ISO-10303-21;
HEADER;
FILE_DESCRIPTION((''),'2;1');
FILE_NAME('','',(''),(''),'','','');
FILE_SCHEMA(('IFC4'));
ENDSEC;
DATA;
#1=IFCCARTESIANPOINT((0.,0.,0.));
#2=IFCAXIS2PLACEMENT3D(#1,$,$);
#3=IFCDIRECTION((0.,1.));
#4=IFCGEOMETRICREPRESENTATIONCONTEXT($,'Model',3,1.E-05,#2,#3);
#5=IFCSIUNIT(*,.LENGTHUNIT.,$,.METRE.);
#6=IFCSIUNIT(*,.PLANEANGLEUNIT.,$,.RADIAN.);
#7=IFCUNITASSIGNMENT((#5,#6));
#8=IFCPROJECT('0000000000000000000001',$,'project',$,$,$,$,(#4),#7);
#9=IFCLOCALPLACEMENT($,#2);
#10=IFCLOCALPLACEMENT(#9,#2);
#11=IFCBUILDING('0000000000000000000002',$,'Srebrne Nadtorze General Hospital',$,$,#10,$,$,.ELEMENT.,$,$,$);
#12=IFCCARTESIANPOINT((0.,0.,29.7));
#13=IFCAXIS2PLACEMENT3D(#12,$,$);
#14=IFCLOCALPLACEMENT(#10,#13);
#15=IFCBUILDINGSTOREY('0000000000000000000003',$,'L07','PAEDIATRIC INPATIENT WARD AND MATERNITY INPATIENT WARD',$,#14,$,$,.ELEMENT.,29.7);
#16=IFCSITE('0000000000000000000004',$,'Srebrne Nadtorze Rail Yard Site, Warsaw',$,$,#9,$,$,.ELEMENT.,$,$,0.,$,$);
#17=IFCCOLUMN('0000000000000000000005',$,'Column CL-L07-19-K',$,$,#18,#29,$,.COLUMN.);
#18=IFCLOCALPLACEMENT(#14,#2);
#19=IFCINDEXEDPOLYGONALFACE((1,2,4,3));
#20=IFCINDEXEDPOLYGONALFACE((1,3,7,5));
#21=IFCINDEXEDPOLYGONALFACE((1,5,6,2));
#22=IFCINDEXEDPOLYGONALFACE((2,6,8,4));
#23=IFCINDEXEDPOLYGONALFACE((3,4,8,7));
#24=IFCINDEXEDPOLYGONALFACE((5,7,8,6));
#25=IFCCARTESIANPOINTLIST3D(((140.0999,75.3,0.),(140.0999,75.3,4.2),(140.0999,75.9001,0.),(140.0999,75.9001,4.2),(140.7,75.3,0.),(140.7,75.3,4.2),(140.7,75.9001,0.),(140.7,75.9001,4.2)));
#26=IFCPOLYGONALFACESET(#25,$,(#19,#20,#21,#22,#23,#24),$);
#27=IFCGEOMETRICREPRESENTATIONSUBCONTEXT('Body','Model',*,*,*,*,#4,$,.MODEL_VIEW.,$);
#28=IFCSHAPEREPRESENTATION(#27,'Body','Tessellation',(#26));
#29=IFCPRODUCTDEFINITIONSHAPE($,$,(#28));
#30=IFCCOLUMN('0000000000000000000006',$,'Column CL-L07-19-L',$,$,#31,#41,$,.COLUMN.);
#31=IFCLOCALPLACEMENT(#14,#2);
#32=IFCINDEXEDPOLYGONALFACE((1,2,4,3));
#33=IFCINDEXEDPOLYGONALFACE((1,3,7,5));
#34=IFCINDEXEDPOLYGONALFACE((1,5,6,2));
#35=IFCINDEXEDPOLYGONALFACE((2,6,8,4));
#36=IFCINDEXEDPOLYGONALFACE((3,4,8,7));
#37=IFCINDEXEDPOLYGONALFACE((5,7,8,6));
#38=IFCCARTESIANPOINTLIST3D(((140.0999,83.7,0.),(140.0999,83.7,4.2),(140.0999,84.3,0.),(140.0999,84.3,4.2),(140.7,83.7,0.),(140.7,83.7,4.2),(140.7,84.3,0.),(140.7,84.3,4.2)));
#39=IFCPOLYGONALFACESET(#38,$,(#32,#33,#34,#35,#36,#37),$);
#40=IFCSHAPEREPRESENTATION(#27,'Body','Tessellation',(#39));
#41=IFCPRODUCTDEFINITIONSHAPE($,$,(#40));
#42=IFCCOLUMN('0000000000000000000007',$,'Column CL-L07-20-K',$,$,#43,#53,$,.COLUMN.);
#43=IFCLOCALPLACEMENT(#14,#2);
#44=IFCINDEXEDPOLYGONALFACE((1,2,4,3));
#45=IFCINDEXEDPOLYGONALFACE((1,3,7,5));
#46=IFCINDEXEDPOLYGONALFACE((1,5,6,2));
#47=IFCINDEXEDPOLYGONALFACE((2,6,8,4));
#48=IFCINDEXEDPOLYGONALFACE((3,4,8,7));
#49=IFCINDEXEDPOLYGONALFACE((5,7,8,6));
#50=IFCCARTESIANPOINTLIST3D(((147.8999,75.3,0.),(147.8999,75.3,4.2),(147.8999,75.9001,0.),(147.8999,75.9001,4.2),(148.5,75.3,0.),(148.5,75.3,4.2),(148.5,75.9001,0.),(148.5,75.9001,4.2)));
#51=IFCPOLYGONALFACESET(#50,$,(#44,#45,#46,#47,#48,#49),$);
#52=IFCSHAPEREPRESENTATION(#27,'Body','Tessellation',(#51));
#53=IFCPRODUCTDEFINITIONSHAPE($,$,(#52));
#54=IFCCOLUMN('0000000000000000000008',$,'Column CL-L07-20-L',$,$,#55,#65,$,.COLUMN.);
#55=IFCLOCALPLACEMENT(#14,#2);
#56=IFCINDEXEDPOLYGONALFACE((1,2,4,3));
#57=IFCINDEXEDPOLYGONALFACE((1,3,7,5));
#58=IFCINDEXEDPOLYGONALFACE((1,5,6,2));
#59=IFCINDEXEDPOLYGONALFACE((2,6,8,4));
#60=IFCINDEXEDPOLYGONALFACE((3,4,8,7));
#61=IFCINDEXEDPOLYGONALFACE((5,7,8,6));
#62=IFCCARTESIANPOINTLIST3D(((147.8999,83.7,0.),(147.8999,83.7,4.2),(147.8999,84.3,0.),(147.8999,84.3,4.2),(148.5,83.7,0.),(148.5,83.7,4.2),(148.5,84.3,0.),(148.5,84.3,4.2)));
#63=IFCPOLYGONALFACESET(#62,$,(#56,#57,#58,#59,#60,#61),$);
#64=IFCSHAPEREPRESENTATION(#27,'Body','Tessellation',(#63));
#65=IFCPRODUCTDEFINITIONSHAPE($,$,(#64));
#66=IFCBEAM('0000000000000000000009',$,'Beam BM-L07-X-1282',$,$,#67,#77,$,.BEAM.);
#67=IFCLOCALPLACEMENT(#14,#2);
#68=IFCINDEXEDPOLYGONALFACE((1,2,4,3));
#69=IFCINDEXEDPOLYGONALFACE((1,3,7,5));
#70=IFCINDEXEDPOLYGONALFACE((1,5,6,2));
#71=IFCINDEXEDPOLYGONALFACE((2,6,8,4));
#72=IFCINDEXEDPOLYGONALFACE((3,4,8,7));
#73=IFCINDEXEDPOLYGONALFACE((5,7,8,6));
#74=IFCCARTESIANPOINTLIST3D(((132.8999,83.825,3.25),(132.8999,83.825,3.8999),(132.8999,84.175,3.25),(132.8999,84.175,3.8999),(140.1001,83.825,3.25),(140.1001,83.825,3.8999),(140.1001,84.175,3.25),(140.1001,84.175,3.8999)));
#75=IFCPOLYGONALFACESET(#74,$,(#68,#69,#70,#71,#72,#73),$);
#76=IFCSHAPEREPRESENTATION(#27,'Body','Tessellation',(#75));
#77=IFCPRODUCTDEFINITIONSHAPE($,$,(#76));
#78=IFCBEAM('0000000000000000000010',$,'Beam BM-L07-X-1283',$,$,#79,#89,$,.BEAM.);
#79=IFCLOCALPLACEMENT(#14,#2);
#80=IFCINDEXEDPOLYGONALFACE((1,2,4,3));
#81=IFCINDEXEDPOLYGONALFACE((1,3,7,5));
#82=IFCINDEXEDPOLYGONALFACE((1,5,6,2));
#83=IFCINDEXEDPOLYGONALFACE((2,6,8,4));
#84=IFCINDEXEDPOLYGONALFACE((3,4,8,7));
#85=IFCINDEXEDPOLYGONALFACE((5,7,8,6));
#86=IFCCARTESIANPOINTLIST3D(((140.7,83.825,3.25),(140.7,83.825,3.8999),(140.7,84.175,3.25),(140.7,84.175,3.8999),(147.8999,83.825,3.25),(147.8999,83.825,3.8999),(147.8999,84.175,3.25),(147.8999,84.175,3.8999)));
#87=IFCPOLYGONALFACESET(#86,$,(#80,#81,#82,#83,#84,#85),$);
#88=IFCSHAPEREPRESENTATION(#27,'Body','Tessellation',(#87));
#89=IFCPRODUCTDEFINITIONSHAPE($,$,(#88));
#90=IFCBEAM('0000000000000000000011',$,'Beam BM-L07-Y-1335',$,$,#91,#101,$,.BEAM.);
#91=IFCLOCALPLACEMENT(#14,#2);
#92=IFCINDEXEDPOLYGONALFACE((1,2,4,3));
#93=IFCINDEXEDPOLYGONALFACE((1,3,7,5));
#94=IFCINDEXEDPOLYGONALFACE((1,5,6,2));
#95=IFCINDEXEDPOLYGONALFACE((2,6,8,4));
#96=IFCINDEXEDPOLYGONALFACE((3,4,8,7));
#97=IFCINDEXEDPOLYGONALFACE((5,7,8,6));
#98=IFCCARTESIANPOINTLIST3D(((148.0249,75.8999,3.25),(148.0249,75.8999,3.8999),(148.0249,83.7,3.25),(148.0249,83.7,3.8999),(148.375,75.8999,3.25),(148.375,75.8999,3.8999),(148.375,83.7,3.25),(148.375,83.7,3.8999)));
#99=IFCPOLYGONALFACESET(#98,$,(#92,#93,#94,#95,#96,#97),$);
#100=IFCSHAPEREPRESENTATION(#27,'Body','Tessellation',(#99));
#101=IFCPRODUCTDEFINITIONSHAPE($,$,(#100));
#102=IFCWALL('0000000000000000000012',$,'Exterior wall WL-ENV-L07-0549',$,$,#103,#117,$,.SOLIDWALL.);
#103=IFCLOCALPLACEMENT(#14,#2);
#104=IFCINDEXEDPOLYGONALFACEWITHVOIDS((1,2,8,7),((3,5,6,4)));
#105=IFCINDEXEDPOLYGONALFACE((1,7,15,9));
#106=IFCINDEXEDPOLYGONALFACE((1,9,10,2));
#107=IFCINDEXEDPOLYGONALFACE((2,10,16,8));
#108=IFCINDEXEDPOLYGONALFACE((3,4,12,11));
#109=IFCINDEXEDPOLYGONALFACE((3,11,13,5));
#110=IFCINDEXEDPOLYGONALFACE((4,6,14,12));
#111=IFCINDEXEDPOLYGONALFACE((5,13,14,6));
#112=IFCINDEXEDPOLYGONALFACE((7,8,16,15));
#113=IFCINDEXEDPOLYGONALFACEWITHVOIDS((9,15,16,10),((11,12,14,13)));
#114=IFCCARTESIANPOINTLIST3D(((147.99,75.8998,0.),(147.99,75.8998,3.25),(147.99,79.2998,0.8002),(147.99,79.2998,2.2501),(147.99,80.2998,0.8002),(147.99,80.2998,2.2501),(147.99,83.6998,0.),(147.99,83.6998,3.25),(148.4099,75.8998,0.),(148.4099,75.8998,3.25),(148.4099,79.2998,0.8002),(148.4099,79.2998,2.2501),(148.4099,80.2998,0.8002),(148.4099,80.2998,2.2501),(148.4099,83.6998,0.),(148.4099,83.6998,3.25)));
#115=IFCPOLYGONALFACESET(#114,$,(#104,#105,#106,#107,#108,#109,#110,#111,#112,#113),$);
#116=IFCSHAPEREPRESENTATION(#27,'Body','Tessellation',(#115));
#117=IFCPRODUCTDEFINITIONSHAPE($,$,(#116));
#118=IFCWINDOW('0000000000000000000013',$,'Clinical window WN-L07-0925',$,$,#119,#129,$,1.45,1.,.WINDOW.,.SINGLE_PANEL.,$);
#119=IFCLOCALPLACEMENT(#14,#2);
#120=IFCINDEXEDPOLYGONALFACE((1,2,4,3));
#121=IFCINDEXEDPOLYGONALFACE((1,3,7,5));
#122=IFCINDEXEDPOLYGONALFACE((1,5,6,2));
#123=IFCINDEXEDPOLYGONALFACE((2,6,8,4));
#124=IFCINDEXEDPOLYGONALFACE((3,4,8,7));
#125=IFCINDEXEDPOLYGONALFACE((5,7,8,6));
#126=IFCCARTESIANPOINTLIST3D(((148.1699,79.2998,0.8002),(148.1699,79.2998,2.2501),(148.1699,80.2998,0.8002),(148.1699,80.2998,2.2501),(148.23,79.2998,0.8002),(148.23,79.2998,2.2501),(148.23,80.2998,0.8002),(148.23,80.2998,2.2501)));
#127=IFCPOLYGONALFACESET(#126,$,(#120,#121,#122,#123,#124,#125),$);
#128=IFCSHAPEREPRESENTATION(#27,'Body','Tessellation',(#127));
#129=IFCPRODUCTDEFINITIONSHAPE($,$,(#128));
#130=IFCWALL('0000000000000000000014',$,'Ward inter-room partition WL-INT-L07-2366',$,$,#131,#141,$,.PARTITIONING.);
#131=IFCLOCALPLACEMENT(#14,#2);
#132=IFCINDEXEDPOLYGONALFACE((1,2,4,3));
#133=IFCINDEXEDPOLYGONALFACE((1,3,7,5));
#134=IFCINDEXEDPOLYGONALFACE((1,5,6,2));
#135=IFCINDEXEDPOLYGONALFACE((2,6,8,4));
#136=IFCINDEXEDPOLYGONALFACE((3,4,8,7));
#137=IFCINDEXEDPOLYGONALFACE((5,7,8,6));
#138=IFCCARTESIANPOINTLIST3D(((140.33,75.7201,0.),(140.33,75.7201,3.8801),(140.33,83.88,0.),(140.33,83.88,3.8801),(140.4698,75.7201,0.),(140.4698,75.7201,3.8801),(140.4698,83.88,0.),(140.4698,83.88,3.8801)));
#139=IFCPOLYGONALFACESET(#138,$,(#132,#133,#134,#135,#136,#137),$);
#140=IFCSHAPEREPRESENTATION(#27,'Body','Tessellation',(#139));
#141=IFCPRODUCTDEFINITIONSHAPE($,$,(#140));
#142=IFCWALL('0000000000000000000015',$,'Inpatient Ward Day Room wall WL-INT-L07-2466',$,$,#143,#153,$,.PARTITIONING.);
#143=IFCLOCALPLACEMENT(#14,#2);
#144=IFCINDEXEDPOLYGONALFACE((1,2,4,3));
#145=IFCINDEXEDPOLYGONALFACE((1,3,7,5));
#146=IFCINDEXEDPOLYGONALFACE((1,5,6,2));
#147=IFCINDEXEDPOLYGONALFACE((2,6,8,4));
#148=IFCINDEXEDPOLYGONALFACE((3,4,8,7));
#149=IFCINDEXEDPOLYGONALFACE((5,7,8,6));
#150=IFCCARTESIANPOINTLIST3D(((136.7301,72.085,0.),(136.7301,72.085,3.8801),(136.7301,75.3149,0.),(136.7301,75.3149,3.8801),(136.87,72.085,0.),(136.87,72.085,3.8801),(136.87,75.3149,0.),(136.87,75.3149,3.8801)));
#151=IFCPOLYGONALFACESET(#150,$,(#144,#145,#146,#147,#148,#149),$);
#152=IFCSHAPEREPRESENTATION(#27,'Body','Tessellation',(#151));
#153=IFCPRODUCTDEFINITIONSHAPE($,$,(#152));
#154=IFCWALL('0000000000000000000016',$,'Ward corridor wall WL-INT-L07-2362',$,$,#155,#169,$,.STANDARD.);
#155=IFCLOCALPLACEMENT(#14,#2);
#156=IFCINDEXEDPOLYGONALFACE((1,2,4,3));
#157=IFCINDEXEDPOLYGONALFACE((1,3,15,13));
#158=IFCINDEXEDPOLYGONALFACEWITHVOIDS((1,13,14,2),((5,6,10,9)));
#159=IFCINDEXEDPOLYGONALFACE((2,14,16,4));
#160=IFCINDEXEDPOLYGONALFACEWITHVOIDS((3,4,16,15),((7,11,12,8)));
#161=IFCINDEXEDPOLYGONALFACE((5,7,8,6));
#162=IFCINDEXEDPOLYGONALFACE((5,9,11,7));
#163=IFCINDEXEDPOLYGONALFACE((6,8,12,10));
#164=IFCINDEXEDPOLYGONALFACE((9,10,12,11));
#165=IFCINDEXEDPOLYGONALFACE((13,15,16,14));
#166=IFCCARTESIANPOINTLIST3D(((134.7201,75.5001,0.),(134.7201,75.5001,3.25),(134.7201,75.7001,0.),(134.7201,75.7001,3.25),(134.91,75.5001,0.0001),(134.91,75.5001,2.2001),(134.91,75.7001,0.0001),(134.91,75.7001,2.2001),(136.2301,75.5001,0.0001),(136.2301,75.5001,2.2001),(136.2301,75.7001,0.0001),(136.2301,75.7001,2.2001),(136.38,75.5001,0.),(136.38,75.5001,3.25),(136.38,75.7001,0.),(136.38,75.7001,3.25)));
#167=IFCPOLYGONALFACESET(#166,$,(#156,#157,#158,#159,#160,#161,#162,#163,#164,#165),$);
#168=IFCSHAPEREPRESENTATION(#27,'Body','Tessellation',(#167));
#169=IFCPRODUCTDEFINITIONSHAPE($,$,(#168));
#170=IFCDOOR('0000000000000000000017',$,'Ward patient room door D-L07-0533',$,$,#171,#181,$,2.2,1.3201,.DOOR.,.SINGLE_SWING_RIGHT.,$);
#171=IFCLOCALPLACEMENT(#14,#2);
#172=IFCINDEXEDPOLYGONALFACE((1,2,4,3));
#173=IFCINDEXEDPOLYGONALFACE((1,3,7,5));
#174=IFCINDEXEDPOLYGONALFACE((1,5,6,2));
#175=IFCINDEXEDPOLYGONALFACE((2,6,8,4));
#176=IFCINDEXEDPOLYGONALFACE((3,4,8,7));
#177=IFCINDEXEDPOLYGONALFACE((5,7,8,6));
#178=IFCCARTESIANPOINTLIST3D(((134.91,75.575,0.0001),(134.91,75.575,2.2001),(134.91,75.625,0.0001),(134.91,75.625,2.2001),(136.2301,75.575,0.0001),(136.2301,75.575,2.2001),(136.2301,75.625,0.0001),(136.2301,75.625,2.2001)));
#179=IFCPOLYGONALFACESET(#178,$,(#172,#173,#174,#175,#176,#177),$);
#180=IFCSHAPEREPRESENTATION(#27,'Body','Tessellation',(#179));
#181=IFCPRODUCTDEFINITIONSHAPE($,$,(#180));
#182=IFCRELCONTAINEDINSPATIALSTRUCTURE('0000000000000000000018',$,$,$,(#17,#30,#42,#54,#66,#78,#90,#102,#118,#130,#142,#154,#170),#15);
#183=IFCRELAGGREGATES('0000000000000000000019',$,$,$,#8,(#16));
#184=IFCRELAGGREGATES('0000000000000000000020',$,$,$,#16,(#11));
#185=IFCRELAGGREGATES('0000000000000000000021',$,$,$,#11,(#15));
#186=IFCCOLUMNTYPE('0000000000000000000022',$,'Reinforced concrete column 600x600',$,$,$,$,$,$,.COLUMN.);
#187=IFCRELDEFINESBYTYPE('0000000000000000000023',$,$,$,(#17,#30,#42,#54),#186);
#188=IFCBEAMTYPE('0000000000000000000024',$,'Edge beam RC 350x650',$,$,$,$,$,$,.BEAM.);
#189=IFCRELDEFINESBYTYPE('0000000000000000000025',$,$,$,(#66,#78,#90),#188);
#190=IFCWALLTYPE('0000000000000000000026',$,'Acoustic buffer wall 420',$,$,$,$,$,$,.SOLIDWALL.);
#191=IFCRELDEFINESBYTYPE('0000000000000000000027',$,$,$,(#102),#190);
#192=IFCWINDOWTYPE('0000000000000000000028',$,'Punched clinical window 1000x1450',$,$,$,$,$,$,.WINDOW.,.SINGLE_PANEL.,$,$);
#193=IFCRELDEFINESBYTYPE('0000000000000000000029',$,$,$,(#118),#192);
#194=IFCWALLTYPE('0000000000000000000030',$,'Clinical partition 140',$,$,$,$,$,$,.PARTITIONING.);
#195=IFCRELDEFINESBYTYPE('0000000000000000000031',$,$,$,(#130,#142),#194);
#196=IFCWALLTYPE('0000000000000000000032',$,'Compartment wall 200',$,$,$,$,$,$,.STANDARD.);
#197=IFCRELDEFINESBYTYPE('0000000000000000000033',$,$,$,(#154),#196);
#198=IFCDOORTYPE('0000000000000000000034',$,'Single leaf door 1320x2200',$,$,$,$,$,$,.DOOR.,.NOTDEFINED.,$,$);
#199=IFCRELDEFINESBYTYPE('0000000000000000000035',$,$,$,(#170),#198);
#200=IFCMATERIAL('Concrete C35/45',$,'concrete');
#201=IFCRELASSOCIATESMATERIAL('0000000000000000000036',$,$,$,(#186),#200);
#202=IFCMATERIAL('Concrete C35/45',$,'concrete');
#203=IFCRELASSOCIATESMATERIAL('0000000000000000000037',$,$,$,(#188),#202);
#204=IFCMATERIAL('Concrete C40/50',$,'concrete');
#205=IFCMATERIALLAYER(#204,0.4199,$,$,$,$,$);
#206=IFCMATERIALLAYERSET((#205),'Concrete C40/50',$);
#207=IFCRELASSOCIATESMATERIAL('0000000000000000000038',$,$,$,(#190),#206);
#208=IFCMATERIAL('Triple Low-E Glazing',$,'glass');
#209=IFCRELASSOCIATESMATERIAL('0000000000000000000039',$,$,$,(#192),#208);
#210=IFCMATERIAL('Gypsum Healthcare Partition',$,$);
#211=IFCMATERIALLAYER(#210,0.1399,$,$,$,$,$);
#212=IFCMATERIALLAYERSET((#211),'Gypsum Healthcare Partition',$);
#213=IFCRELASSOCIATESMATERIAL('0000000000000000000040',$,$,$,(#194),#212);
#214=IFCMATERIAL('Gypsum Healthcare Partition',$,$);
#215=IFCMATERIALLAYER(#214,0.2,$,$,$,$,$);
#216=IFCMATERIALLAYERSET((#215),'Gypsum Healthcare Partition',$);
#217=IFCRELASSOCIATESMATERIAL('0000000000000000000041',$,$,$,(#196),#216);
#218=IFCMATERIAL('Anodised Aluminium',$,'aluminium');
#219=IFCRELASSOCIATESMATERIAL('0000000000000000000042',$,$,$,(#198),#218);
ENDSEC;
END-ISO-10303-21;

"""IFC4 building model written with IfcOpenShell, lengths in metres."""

from ifc_helpers import new_model, si_unit, direction, frame, frame_2d, origin, origin_2d, place, context, subcontext, project, spatial, rectangle, extrude, material, layer, layer_set, material_profile, profile_set, type_object, element, fill, save


model = new_model("IFC4")

# Units and contexts
model_context = context("Model", 3, precision=1e-05, world=origin(), true_north=direction((0.0, 1.0)))
body_context = subcontext(model_context, "Body", "Model", "MODEL_VIEW")
ifc_project = project(units=[si_unit("LENGTHUNIT", "METRE"), si_unit("PLANEANGLEUNIT", "RADIAN")], contexts=[model_context])

# Site, building, storey
site_placement = place(None, origin())
site = spatial("IfcSite", under=ifc_project, at=site_placement, Name="Srebrne Nadtorze Rail Yard Site, Warsaw", CompositionType="ELEMENT", RefElevation=0.0)
building_placement = place(site_placement, origin())
building = spatial("IfcBuilding", under=site, at=building_placement, Name="Srebrne Nadtorze General Hospital", CompositionType="ELEMENT")
storey_placement = place(building_placement, frame((0.0, 0.0, 29.7)))
storey = spatial("IfcBuildingStorey", under=building, at=storey_placement, Name="L07", Description="PAEDIATRIC INPATIENT WARD AND MATERNITY INPATIENT WARD", CompositionType="ELEMENT", Elevation=29.7)

# Columns
ifc_material_1 = material(Name="Concrete C35/45", Category="concrete")
ifc_material_profile_1 = material_profile(ifc_material_1, rectangle(XDim=0.6001, YDim=0.6001, at=origin_2d()), Name="RC-COL-600x600")
ifc_profile_set_1 = profile_set([ifc_material_profile_1], Name="Concrete C35/45")
column_type = type_object("IfcColumnType", Name="Reinforced concrete column 600x600", PredefinedType="COLUMN", material=ifc_profile_set_1)
for number, where, z_axis, x_axis, name in (
    (1, (140.3999, 75.6001, 0.0), (0.0, 0.0, 1.0), (1.0, 0.0, 0.0), "Column CL-L07-19-K"),
    (2, (140.3999, 84.0, 0.0), (0.0, 0.0, 1.0), (1.0, 0.0, 0.0), "Column CL-L07-19-L"),
    (3, (148.2, 75.6001, 0.0), (0.0, 0.0, 1.0), (1.0, 0.0, 0.0), "Column CL-L07-20-K"),
    (4, (148.2, 84.0, 0.0), (0.0, 0.0, 1.0), (1.0, 0.0, 0.0), "Column CL-L07-20-L"),
):
    element("IfcColumn", number, at=place(storey_placement, frame(where, z_axis=z_axis, x_axis=x_axis)), inside=storey, type_object=column_type, Name=name, PredefinedType="COLUMN", context=body_context, shape_type="SweptSolid", body=[
        extrude(rectangle(XDim=0.6001, YDim=0.6001, at=origin_2d()), origin(), (0.0, 0.0, 1.0), 4.2),
    ])

# Beams
ifc_material_2 = material(Name="Concrete C35/45", Category="concrete")
ifc_material_profile_2 = material_profile(ifc_material_2, rectangle(XDim=0.3501, YDim=0.6499, at=origin_2d()), Name="RC-BM-350x650")
ifc_profile_set_2 = profile_set([ifc_material_profile_2], Name="Concrete C35/45")
beam_type = type_object("IfcBeamType", Name="Edge beam RC 350x650", PredefinedType="BEAM", material=ifc_profile_set_2)
beam_1_placement = place(storey_placement, frame((132.8999, 84.0, 3.575), z_axis=(1.0, 0.0, 0.0), x_axis=(0.0, 1.0, 0.0)))
element("IfcBeam", 5, at=beam_1_placement, inside=storey, type_object=beam_type, Name="Beam BM-L07-X-1282", PredefinedType="BEAM", context=body_context, shape_type="SweptSolid", body=[
    extrude(rectangle(XDim=0.3501, YDim=0.6499, at=origin_2d()), origin(), (0.0, 0.0, 1.0), 7.2002),
])
beam_2_placement = place(storey_placement, frame((140.7, 84.0, 3.575), z_axis=(1.0, 0.0, 0.0), x_axis=(0.0, 1.0, 0.0)))
element("IfcBeam", 6, at=beam_2_placement, inside=storey, type_object=beam_type, Name="Beam BM-L07-X-1283", PredefinedType="BEAM", context=body_context, shape_type="SweptSolid", body=[
    extrude(rectangle(XDim=0.3501, YDim=0.6499, at=origin_2d()), origin(), (0.0, 0.0, 1.0), 7.2),
])
beam_3_placement = place(storey_placement, frame((148.2, 75.8999, 3.575), z_axis=(0.0, 1.0, 0.0), x_axis=(-1.0, 0.0, 0.0)))
element("IfcBeam", 7, at=beam_3_placement, inside=storey, type_object=beam_type, Name="Beam BM-L07-Y-1335", PredefinedType="BEAM", context=body_context, shape_type="SweptSolid", body=[
    extrude(rectangle(XDim=0.3501, YDim=0.6499, at=origin_2d()), origin(), (0.0, 0.0, 1.0), 7.8),
])

# Wall, opening, window
ifc_material_3 = material(Name="Concrete C40/50", Category="concrete")
ifc_layer_1 = layer(ifc_material_3, 0.4199)
ifc_layer_set_1 = layer_set([ifc_layer_1], Name="Concrete C40/50")
wall_type_1 = type_object("IfcWallType", Name="Acoustic buffer wall 420", PredefinedType="SOLIDWALL", material=ifc_layer_set_1)
wall_1_placement = place(storey_placement, frame((148.2, 75.8999, 0.0), z_axis=(0.0, 0.0, 1.0), x_axis=(0.0, 1.0, 0.0)))
wall_1 = element("IfcWall", 8, at=wall_1_placement, inside=storey, type_object=wall_type_1, Name="Exterior wall WL-ENV-L07-0549", PredefinedType="SOLIDWALL", context=body_context, shape_type="SweptSolid", body=[
    extrude(rectangle(XDim=7.8, YDim=0.4199, at=frame_2d((3.8999, 0.0))), origin(), (0.0, 0.0, 1.0), 3.25),
])
opening_1_placement = place(wall_1_placement, frame((3.3999, 0.0, 0.8)))
opening_1 = element("IfcOpeningElement", 9, at=opening_1_placement, cuts=wall_1, PredefinedType="OPENING", context=body_context, shape_type="SweptSolid", body=[
    extrude(rectangle(XDim=1.0, YDim=1.45, at=frame_2d((0.5, 0.7251))), frame((0.0, 0.2219, 0.0), z_axis=(0.0, -1.0, 0.0), x_axis=(1.0, 0.0, 0.0)), (0.0, 0.0, 1.0), 0.4438),
])
ifc_material_4 = material(Name="Triple Low-E Glazing", Category="glass")
window_type_1 = type_object("IfcWindowType", Name="Punched clinical window 1000x1450", PartitioningType="SINGLE_PANEL", PredefinedType="WINDOW", material=ifc_material_4)
window_1_placement = place(opening_1_placement, origin())
window_1 = element("IfcWindow", 10, at=window_1_placement, inside=storey, type_object=window_type_1, Name="Clinical window WN-L07-0925", OverallHeight=1.45, OverallWidth=1.0, PartitioningType="SINGLE_PANEL", PredefinedType="WINDOW", context=body_context, shape_type="SweptSolid", body=[
    extrude(rectangle(XDim=1.0, YDim=1.45, at=frame_2d((0.5, 0.7251))), frame((0.0, 0.03, 0.0), z_axis=(0.0, -1.0, 0.0), x_axis=(1.0, 0.0, 0.0)), (0.0, 0.0, 1.0), 0.0601),
])
fill(opening_1, window_1)

# Walls
ifc_material_5 = material(Name="Gypsum Healthcare Partition")
ifc_layer_2 = layer(ifc_material_5, 0.1399)
ifc_layer_set_2 = layer_set([ifc_layer_2], Name="Gypsum Healthcare Partition")
wall_type_2 = type_object("IfcWallType", Name="Clinical partition 140", PredefinedType="PARTITIONING", material=ifc_layer_set_2)
wall_2_placement = place(storey_placement, frame((140.3999, 75.72, 0.0), z_axis=(0.0, 0.0, 1.0), x_axis=(0.0, 1.0, 0.0)))
element("IfcWall", 11, at=wall_2_placement, inside=storey, type_object=wall_type_2, Name="Ward inter-room partition WL-INT-L07-2366", PredefinedType="PARTITIONING", context=body_context, shape_type="SweptSolid", body=[
    extrude(rectangle(XDim=8.1599, YDim=0.1399, at=frame_2d((4.0801, 0.0))), origin(), (0.0, 0.0, 1.0), 3.8801),
])
wall_3_placement = place(storey_placement, frame((136.8, 72.085, 0.0), z_axis=(0.0, 0.0, 1.0), x_axis=(0.0, 1.0, 0.0)))
element("IfcWall", 12, at=wall_3_placement, inside=storey, type_object=wall_type_2, Name="Inpatient Ward Day Room wall WL-INT-L07-2466", PredefinedType="PARTITIONING", context=body_context, shape_type="SweptSolid", body=[
    extrude(rectangle(XDim=3.23, YDim=0.1399, at=frame_2d((1.615, 0.0))), origin(), (0.0, 0.0, 1.0), 3.8801),
])

# Wall, opening, door
ifc_material_6 = material(Name="Gypsum Healthcare Partition")
ifc_layer_3 = layer(ifc_material_6, 0.2)
ifc_layer_set_3 = layer_set([ifc_layer_3], Name="Gypsum Healthcare Partition")
wall_type_3 = type_object("IfcWallType", Name="Compartment wall 200", PredefinedType="STANDARD", material=ifc_layer_set_3)
wall_4_placement = place(storey_placement, frame((134.72, 75.6001, 0.0), z_axis=(0.0, 0.0, 1.0), x_axis=(1.0, 0.0, 0.0)))
wall_4 = element("IfcWall", 13, at=wall_4_placement, inside=storey, type_object=wall_type_3, Name="Ward corridor wall WL-INT-L07-2362", PredefinedType="STANDARD", context=body_context, shape_type="SweptSolid", body=[
    extrude(rectangle(XDim=1.6599, YDim=0.2, at=frame_2d((0.8301, 0.0))), origin(), (0.0, 0.0, 1.0), 3.25),
])
opening_2_placement = place(wall_4_placement, frame((0.1899, 0.0, 0.0)))
opening_2 = element("IfcOpeningElement", 14, at=opening_2_placement, cuts=wall_4, PredefinedType="OPENING", context=body_context, shape_type="SweptSolid", body=[
    extrude(rectangle(XDim=1.3201, YDim=2.2, at=frame_2d((0.6602, 1.1001))), frame((0.0, 0.1118, 0.0), z_axis=(0.0, -1.0, 0.0), x_axis=(1.0, 0.0, 0.0)), (0.0, 0.0, 1.0), 0.2239),
])
ifc_material_7 = material(Name="Anodised Aluminium", Category="aluminium")
door_type_1 = type_object("IfcDoorType", Name="Single leaf door 1320x2200", OperationType="NOTDEFINED", PredefinedType="DOOR", material=ifc_material_7)
door_1_placement = place(opening_2_placement, origin())
door_1 = element("IfcDoor", 15, at=door_1_placement, inside=storey, type_object=door_type_1, Name="Ward patient room door D-L07-0533", OperationType="SINGLE_SWING_RIGHT", OverallHeight=2.2, OverallWidth=1.3201, PredefinedType="DOOR", context=body_context, shape_type="SweptSolid", body=[
    extrude(rectangle(XDim=1.3201, YDim=2.2, at=frame_2d((0.6602, 1.1001))), frame((0.0, 0.0249, 0.0), z_axis=(0.0, -1.0, 0.0), x_axis=(1.0, 0.0, 0.0)), (0.0, 0.0, 1.0), 0.05),
])
fill(opening_2, door_1)

save(model, "model.ifc")
